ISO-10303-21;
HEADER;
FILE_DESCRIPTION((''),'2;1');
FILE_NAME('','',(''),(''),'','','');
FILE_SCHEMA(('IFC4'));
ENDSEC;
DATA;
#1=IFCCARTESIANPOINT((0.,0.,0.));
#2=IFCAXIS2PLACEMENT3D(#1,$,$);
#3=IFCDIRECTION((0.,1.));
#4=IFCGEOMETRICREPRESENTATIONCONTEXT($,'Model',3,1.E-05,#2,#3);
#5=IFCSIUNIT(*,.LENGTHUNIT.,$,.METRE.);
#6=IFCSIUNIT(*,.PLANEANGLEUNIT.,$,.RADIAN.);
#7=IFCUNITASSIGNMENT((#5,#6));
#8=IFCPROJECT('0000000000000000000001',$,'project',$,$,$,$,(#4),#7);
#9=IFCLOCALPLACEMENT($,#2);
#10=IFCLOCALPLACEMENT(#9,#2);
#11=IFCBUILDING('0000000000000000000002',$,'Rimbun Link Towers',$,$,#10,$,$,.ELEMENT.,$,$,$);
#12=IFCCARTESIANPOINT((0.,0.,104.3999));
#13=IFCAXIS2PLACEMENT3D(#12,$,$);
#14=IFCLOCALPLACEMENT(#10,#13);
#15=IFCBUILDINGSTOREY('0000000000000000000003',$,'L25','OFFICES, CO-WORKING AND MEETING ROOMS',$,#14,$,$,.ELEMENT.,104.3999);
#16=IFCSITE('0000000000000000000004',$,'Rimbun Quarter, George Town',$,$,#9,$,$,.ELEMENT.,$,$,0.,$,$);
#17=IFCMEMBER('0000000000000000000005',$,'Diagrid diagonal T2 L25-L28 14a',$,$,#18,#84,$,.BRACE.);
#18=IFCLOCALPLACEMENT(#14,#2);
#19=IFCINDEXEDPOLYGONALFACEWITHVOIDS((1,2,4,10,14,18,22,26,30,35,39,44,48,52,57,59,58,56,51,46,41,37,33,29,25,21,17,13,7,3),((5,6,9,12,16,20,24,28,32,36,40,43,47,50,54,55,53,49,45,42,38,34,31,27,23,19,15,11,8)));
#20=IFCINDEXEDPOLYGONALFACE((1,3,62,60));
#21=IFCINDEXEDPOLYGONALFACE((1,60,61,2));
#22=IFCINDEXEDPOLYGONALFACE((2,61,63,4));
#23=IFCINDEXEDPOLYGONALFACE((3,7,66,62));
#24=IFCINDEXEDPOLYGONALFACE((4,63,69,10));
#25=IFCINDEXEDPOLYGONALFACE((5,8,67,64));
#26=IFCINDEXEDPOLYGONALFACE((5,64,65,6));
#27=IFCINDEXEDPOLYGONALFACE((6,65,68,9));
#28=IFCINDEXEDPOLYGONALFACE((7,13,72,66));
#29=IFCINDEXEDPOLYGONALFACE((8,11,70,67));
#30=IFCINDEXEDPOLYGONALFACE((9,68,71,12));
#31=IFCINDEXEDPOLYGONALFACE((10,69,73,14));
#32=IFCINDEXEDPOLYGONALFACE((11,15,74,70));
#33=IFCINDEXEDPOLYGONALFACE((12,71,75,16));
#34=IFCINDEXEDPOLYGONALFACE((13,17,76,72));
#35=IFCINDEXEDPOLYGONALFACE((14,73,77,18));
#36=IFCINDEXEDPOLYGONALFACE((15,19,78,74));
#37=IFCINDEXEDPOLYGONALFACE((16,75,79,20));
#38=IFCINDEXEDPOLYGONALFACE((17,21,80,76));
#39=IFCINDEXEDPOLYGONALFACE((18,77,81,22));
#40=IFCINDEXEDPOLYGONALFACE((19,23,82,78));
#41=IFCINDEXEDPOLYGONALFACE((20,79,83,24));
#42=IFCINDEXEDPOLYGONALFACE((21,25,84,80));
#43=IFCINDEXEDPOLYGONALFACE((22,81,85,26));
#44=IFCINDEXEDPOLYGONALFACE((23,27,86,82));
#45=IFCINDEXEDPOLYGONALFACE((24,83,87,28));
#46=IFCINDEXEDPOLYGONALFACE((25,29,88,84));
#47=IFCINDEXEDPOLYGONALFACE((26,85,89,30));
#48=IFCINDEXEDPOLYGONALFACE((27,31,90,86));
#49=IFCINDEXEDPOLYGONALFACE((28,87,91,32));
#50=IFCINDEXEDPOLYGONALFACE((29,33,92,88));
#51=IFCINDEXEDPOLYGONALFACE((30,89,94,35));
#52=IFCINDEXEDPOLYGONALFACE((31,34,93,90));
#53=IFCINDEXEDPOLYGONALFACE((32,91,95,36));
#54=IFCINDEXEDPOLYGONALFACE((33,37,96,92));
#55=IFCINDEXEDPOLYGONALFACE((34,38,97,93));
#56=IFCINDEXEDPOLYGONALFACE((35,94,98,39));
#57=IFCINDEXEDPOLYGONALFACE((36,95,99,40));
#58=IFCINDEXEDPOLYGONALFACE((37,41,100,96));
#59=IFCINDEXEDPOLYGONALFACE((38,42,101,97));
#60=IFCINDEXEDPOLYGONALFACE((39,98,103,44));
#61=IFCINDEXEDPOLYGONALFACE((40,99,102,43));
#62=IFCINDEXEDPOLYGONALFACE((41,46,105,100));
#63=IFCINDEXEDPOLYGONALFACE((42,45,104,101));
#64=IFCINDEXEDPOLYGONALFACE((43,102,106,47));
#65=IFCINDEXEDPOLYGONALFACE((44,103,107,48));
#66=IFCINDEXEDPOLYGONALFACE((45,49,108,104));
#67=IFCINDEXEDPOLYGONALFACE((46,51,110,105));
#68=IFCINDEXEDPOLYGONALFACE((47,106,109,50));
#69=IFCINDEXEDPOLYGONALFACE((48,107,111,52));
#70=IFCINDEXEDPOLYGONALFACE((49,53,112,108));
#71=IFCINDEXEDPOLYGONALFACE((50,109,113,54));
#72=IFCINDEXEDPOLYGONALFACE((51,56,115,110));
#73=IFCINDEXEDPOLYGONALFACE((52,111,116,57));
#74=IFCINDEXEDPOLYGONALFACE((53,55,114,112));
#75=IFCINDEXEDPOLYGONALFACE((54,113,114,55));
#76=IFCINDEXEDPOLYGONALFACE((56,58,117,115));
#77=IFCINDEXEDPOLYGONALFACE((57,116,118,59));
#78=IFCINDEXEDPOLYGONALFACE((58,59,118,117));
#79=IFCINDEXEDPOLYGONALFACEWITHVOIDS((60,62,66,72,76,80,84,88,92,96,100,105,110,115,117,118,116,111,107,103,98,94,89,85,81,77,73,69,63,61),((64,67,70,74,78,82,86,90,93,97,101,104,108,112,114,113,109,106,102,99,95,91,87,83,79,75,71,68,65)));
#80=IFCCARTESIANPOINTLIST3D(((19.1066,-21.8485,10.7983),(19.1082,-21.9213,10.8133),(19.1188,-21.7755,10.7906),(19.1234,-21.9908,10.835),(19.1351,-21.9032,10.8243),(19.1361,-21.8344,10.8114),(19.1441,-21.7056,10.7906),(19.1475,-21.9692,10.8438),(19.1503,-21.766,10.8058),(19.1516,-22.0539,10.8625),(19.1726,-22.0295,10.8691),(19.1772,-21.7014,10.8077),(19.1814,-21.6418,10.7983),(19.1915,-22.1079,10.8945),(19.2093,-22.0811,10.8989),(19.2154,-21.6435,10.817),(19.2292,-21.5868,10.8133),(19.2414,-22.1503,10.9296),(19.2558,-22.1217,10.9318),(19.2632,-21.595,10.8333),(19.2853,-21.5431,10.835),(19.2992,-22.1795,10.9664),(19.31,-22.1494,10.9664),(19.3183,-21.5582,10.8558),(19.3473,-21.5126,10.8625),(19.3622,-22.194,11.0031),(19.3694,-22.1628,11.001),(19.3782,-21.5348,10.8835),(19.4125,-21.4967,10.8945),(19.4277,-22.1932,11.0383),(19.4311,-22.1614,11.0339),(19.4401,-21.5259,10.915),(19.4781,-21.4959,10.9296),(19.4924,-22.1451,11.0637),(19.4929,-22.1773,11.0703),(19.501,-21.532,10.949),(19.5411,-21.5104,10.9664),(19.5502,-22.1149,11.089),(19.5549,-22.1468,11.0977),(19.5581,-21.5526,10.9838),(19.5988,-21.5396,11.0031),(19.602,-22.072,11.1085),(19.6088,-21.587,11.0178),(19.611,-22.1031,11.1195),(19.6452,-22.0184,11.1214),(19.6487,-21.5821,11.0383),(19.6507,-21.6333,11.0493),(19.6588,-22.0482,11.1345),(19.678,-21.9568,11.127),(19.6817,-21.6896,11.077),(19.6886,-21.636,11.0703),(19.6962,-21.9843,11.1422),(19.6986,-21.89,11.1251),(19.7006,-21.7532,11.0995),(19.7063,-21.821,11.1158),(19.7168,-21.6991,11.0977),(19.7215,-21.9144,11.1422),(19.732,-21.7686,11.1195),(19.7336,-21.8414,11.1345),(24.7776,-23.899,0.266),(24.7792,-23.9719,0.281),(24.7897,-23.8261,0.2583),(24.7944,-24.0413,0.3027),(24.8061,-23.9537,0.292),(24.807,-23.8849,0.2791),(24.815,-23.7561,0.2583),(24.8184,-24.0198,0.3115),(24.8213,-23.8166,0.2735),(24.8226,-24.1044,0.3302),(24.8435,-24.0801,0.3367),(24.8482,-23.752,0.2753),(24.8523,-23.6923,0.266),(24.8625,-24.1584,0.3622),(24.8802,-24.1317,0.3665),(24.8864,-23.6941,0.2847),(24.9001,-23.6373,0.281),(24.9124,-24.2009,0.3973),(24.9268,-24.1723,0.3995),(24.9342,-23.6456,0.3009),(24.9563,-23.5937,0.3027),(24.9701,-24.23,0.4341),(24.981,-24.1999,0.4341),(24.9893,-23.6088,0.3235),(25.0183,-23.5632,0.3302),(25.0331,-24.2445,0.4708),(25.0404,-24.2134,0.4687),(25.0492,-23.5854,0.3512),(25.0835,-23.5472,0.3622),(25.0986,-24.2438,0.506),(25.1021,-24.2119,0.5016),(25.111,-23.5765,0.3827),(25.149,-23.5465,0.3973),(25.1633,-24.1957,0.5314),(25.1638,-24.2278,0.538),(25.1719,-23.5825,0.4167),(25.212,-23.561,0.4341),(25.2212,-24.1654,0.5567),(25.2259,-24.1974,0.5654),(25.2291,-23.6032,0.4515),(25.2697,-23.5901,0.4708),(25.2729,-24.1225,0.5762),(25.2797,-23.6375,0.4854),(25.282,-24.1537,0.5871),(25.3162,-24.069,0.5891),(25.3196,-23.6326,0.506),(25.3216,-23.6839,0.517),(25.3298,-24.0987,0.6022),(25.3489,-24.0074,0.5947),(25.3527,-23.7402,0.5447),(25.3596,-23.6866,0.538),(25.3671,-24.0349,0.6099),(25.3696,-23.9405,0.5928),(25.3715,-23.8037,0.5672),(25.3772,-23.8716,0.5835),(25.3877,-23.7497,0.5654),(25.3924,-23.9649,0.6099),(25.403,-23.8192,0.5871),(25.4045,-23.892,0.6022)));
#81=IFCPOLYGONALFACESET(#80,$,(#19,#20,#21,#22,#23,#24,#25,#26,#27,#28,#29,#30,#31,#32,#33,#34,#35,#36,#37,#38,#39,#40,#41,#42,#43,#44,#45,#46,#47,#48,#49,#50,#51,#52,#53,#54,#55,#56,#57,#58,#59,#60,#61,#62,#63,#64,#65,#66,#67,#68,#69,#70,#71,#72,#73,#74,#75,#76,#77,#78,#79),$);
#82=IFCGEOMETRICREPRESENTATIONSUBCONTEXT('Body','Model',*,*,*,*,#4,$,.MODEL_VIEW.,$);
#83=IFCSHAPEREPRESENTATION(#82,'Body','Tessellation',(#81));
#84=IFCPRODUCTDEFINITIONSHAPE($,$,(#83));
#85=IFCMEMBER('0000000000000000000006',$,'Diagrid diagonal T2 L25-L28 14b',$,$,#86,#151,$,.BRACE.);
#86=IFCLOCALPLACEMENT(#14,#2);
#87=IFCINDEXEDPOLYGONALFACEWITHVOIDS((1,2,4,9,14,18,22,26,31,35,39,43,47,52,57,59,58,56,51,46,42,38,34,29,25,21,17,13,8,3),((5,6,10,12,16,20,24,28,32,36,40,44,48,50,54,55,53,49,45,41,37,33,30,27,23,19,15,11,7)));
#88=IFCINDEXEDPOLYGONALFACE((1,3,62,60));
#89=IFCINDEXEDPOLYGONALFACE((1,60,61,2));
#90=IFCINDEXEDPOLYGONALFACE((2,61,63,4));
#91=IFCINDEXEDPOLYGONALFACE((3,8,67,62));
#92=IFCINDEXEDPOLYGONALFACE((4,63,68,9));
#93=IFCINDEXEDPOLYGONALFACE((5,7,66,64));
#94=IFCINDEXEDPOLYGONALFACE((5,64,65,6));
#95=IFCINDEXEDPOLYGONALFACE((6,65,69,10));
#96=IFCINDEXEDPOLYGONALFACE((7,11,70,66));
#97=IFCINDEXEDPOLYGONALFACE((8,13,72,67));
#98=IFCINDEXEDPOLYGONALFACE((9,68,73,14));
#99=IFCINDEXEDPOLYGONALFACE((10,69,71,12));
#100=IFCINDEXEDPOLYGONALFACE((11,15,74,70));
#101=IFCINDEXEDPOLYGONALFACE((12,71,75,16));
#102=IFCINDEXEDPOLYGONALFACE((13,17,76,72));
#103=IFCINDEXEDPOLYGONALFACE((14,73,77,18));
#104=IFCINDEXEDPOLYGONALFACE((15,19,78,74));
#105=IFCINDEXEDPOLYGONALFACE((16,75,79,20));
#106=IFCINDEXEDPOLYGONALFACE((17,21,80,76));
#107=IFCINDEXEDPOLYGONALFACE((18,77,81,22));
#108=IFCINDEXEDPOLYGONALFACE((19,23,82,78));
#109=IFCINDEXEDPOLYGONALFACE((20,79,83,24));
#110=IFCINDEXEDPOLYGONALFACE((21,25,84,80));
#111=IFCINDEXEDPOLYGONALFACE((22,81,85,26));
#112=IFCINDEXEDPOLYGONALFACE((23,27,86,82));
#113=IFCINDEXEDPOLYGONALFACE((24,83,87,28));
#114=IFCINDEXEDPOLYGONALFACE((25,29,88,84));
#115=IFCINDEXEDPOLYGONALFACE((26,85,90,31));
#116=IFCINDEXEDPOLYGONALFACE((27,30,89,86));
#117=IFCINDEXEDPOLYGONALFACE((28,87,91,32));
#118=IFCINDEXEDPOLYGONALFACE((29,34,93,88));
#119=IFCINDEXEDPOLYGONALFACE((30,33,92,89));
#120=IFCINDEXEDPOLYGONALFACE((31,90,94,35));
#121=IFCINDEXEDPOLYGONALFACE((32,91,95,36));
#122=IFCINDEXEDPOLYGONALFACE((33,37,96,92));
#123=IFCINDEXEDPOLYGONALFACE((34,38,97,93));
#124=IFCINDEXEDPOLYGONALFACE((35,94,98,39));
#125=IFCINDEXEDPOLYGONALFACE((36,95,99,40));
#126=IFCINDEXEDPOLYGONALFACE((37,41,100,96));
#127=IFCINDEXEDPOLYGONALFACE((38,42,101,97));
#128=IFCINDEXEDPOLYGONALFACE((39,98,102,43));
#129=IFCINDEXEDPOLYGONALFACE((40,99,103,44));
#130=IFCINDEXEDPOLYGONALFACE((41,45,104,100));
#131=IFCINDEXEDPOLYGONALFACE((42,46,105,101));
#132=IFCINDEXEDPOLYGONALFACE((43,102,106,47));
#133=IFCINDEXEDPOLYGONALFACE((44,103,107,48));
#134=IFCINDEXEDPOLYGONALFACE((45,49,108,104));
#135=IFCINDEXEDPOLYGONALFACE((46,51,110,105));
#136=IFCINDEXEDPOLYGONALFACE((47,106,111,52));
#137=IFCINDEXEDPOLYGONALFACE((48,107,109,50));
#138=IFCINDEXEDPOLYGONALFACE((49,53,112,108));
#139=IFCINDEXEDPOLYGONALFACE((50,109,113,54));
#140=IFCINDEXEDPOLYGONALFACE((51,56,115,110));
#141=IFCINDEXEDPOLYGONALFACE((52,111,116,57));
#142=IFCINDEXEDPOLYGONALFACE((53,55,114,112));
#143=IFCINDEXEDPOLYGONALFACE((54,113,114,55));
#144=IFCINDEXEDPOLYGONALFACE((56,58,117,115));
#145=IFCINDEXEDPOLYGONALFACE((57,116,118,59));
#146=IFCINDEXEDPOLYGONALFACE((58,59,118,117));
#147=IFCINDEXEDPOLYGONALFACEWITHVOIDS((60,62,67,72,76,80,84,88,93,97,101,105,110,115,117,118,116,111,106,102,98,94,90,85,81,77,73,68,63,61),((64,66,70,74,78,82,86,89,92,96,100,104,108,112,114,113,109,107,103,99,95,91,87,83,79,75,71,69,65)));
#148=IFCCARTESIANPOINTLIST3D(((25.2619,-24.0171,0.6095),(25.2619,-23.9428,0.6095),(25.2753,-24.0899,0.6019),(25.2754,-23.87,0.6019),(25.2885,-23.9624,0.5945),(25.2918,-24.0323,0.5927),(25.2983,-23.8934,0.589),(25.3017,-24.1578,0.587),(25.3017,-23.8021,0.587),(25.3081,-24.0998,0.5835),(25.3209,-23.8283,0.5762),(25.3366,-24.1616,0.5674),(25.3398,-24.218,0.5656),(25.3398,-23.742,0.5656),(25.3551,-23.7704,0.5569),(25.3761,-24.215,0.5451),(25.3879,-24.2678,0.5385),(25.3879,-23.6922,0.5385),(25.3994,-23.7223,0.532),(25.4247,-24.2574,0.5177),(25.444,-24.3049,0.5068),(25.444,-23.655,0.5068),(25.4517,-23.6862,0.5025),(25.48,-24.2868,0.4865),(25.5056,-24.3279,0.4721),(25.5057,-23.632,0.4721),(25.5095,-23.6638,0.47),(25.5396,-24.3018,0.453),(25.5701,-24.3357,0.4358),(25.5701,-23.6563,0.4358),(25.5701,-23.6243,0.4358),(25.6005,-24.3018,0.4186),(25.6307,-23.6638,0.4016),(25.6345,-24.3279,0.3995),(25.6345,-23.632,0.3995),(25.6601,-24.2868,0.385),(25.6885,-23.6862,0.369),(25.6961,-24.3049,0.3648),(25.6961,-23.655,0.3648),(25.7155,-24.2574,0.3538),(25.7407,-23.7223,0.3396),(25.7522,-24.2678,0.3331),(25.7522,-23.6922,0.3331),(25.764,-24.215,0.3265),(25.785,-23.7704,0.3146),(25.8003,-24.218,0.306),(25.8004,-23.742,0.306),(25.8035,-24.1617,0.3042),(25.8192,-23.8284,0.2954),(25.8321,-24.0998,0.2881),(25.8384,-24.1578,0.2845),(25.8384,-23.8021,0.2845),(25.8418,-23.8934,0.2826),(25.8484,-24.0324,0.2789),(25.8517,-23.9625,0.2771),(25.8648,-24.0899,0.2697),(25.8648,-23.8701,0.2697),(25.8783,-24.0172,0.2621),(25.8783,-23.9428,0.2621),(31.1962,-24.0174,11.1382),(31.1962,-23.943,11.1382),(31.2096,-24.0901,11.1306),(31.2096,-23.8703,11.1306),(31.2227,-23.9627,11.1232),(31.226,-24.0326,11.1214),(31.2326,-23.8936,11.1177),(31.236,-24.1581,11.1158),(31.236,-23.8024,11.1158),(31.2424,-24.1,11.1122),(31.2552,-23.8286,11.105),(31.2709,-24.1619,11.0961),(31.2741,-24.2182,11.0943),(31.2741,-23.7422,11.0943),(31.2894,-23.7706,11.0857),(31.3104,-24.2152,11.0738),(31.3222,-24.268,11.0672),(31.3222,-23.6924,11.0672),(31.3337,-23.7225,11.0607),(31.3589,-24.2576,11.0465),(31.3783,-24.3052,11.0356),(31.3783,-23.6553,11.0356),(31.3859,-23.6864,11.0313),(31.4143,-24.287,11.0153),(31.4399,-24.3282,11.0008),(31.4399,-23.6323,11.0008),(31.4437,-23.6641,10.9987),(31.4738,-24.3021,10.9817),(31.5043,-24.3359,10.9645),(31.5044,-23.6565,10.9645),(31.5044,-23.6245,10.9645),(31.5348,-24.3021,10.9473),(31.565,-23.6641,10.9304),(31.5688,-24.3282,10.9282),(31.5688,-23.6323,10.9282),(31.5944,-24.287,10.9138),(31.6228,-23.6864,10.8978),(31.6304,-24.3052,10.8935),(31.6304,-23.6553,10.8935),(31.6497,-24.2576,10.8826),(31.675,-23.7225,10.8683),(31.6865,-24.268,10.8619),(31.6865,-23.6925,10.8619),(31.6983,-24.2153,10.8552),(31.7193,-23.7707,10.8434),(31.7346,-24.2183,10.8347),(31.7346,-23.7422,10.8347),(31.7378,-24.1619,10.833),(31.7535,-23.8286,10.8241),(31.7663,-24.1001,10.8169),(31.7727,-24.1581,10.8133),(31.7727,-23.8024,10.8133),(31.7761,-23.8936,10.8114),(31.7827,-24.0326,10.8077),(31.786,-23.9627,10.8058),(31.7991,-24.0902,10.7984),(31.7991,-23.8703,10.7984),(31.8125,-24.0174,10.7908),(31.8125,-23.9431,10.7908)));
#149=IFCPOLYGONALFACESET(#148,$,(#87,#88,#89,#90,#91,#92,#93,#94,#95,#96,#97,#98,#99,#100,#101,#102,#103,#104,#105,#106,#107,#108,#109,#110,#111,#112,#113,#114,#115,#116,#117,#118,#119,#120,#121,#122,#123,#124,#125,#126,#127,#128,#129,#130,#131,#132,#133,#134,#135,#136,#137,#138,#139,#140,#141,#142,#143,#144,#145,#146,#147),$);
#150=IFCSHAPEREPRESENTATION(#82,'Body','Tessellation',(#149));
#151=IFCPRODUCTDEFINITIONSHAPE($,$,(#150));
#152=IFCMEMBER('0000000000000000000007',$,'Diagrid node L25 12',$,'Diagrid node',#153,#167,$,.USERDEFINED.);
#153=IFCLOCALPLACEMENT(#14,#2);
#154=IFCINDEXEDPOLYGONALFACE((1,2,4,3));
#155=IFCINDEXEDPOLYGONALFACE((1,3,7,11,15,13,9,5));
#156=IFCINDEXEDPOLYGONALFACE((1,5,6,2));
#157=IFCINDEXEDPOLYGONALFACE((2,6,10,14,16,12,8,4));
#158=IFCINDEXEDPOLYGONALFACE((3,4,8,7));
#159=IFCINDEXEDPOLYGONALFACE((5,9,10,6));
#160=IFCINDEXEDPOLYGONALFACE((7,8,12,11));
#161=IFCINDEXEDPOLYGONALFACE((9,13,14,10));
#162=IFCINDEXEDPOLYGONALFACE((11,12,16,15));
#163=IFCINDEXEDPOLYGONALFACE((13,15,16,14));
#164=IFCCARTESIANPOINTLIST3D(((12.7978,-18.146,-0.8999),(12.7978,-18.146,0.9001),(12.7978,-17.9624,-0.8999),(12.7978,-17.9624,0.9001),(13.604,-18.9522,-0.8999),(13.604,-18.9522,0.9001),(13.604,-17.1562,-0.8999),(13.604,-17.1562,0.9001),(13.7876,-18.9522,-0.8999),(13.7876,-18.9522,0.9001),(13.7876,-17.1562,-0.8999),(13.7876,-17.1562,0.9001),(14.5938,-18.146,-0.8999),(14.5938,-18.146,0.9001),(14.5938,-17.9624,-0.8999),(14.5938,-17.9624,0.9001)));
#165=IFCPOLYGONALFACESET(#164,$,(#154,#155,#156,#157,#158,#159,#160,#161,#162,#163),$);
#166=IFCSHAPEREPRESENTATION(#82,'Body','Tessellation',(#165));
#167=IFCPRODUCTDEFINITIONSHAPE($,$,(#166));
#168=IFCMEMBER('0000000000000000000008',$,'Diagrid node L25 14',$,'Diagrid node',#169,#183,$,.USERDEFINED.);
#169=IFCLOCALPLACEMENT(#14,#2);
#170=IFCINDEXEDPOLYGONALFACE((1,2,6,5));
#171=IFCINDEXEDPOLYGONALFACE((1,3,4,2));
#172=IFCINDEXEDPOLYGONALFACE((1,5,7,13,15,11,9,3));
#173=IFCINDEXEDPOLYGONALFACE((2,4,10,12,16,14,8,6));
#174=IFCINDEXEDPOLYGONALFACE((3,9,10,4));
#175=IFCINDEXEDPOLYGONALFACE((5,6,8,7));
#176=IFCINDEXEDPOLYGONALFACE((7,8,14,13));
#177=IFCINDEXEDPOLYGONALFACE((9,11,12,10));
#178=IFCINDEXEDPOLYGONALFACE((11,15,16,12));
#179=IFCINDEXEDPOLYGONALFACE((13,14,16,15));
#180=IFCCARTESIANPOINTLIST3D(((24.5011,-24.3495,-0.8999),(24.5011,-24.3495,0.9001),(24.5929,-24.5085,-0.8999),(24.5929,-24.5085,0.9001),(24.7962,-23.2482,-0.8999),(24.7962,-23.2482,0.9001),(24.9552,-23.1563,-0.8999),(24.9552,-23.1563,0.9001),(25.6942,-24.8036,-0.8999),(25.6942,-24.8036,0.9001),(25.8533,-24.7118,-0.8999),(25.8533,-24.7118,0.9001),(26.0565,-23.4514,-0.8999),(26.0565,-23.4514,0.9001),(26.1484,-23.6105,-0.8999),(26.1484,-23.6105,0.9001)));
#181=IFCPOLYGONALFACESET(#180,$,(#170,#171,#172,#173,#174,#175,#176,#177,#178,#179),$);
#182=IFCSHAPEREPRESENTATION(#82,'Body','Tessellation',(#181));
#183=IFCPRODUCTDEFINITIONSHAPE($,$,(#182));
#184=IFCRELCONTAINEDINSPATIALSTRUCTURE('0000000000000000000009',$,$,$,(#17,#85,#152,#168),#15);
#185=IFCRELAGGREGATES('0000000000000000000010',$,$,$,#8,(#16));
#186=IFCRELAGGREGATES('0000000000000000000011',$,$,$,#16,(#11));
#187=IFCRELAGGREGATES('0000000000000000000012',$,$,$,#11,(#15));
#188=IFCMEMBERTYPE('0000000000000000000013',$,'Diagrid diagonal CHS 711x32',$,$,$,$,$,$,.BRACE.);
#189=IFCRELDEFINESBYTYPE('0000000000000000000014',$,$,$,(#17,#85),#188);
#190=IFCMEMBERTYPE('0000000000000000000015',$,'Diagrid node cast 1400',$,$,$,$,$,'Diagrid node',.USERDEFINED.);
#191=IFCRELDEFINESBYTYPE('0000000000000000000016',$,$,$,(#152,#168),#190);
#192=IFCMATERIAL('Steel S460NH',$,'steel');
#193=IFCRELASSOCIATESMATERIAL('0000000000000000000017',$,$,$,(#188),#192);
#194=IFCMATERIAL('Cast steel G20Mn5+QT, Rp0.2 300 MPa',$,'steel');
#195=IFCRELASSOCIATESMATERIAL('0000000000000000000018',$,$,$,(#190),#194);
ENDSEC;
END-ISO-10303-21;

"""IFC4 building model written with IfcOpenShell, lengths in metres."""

from ifc_helpers import new_model, si_unit, direction, frame, origin, origin_2d, place, context, subcontext, project, spatial, polyline, hollow_circle, outline, extrude, material, material_profile, profile_set, type_object, element, save


model = new_model("IFC4")

# Units and contexts
model_context = context("Model", 3, precision=1e-05, world=origin(), true_north=direction((0.0, 1.0)))
body_context = subcontext(model_context, "Body", "Model", "MODEL_VIEW")
ifc_project = project(units=[si_unit("LENGTHUNIT", "METRE"), si_unit("PLANEANGLEUNIT", "RADIAN")], contexts=[model_context])

# Site, building, storey
site_placement = place(None, origin())
site = spatial("IfcSite", under=ifc_project, at=site_placement, Name="Rimbun Quarter, George Town", CompositionType="ELEMENT", RefElevation=0.0)
building_placement = place(site_placement, origin())
building = spatial("IfcBuilding", under=site, at=building_placement, Name="Rimbun Link Towers", CompositionType="ELEMENT")
storey_placement = place(building_placement, frame((0.0, 0.0, 104.3999)))
storey = spatial("IfcBuildingStorey", under=building, at=storey_placement, Name="L25", Description="OFFICES, CO-WORKING AND MEETING ROOMS", CompositionType="ELEMENT", Elevation=104.3999)

# Members
ifc_material_1 = material(Name="Steel S460NH", Category="steel")
ifc_material_profile_1 = material_profile(ifc_material_1, hollow_circle(Radius=0.3557, WallThickness=0.032, at=origin_2d()), Name="Diagrid diagonal CHS 711x32")
ifc_profile_set_1 = profile_set([ifc_material_profile_1], Name="Steel S460NH")
member_type_1 = type_object("IfcMemberType", Name="Diagrid diagonal CHS 711x32", PredefinedType="BRACE", material=ifc_profile_set_1)
member_1_placement = place(storey_placement, frame((25.0911, -23.8955, 0.4341), z_axis=(-0.467265, 0.168958, 0.867823), x_axis=(-0.340042, -0.94041, 0.0)))
element("IfcMember", 1, at=member_1_placement, inside=storey, type_object=member_type_1, Name="Diagrid diagonal T2 L25-L28 14a", PredefinedType="BRACE", context=body_context, shape_type="SweptSolid", body=[
    extrude(hollow_circle(Radius=0.3557, WallThickness=0.032, at=origin_2d()), origin(), (0.0, 0.0, 1.0), 12.1365),
])
member_2_placement = place(storey_placement, frame((25.5701, -23.98, 0.4358), z_axis=(0.491007, -0.00002, 0.871156), x_axis=(0.000041, 1.0, 0.0)))
element("IfcMember", 2, at=member_2_placement, inside=storey, type_object=member_type_1, Name="Diagrid diagonal T2 L25-L28 14b", PredefinedType="BRACE", context=body_context, shape_type="SweptSolid", body=[
    extrude(hollow_circle(Radius=0.3557, WallThickness=0.032, at=origin_2d()), origin(), (0.0, 0.0, 1.0), 12.0859),
])
ifc_material_2 = material(Name="Cast steel G20Mn5+QT, Rp0.2 300 MPa", Category="steel")
ifc_material_profile_2 = material_profile(ifc_material_2, outline(polyline([(0.7, -0.5701), (0.7, 0.5701), (0.5701, 0.7), (-0.5701, 0.7), (-0.7, 0.5701), (-0.7, -0.5701), (-0.5701, -0.7), (0.5701, -0.7), (0.7, -0.5701)])), Name="NODE 1400x1400")
ifc_profile_set_2 = profile_set([ifc_material_profile_2], Name="Cast steel G20Mn5+QT, Rp0.2 300 MPa")
member_type_2 = type_object("IfcMemberType", Name="Diagrid node cast 1400", ElementType="Diagrid node", PredefinedType="USERDEFINED", material=ifc_profile_set_2)
for number, where, z_axis, x_axis, name in (
    (3, (13.6958, -18.0542, -0.8999), (0.0, 0.0, 1.0), (-0.707107, -0.707107, 0.0), "Diagrid node L25 12"),
    (4, (25.3247, -23.98, -0.8999), (0.0, 0.0, 1.0), (-0.258819, -0.965926, 0.0), "Diagrid node L25 14"),
):
    element("IfcMember", number, at=place(storey_placement, frame(where, z_axis=z_axis, x_axis=x_axis)), inside=storey, type_object=member_type_2, Name=name, ObjectType="Diagrid node", PredefinedType="USERDEFINED", context=body_context, shape_type="SweptSolid", body=[
        extrude(outline(polyline([(0.7, -0.5701), (0.7, 0.5701), (0.5701, 0.7), (-0.5701, 0.7), (-0.7, 0.5701), (-0.7, -0.5701), (-0.5701, -0.7), (0.5701, -0.7), (0.7, -0.5701)])), origin(), (0.0, 0.0, 1.0), 1.8),
    ])

save(model, "model.ifc")
